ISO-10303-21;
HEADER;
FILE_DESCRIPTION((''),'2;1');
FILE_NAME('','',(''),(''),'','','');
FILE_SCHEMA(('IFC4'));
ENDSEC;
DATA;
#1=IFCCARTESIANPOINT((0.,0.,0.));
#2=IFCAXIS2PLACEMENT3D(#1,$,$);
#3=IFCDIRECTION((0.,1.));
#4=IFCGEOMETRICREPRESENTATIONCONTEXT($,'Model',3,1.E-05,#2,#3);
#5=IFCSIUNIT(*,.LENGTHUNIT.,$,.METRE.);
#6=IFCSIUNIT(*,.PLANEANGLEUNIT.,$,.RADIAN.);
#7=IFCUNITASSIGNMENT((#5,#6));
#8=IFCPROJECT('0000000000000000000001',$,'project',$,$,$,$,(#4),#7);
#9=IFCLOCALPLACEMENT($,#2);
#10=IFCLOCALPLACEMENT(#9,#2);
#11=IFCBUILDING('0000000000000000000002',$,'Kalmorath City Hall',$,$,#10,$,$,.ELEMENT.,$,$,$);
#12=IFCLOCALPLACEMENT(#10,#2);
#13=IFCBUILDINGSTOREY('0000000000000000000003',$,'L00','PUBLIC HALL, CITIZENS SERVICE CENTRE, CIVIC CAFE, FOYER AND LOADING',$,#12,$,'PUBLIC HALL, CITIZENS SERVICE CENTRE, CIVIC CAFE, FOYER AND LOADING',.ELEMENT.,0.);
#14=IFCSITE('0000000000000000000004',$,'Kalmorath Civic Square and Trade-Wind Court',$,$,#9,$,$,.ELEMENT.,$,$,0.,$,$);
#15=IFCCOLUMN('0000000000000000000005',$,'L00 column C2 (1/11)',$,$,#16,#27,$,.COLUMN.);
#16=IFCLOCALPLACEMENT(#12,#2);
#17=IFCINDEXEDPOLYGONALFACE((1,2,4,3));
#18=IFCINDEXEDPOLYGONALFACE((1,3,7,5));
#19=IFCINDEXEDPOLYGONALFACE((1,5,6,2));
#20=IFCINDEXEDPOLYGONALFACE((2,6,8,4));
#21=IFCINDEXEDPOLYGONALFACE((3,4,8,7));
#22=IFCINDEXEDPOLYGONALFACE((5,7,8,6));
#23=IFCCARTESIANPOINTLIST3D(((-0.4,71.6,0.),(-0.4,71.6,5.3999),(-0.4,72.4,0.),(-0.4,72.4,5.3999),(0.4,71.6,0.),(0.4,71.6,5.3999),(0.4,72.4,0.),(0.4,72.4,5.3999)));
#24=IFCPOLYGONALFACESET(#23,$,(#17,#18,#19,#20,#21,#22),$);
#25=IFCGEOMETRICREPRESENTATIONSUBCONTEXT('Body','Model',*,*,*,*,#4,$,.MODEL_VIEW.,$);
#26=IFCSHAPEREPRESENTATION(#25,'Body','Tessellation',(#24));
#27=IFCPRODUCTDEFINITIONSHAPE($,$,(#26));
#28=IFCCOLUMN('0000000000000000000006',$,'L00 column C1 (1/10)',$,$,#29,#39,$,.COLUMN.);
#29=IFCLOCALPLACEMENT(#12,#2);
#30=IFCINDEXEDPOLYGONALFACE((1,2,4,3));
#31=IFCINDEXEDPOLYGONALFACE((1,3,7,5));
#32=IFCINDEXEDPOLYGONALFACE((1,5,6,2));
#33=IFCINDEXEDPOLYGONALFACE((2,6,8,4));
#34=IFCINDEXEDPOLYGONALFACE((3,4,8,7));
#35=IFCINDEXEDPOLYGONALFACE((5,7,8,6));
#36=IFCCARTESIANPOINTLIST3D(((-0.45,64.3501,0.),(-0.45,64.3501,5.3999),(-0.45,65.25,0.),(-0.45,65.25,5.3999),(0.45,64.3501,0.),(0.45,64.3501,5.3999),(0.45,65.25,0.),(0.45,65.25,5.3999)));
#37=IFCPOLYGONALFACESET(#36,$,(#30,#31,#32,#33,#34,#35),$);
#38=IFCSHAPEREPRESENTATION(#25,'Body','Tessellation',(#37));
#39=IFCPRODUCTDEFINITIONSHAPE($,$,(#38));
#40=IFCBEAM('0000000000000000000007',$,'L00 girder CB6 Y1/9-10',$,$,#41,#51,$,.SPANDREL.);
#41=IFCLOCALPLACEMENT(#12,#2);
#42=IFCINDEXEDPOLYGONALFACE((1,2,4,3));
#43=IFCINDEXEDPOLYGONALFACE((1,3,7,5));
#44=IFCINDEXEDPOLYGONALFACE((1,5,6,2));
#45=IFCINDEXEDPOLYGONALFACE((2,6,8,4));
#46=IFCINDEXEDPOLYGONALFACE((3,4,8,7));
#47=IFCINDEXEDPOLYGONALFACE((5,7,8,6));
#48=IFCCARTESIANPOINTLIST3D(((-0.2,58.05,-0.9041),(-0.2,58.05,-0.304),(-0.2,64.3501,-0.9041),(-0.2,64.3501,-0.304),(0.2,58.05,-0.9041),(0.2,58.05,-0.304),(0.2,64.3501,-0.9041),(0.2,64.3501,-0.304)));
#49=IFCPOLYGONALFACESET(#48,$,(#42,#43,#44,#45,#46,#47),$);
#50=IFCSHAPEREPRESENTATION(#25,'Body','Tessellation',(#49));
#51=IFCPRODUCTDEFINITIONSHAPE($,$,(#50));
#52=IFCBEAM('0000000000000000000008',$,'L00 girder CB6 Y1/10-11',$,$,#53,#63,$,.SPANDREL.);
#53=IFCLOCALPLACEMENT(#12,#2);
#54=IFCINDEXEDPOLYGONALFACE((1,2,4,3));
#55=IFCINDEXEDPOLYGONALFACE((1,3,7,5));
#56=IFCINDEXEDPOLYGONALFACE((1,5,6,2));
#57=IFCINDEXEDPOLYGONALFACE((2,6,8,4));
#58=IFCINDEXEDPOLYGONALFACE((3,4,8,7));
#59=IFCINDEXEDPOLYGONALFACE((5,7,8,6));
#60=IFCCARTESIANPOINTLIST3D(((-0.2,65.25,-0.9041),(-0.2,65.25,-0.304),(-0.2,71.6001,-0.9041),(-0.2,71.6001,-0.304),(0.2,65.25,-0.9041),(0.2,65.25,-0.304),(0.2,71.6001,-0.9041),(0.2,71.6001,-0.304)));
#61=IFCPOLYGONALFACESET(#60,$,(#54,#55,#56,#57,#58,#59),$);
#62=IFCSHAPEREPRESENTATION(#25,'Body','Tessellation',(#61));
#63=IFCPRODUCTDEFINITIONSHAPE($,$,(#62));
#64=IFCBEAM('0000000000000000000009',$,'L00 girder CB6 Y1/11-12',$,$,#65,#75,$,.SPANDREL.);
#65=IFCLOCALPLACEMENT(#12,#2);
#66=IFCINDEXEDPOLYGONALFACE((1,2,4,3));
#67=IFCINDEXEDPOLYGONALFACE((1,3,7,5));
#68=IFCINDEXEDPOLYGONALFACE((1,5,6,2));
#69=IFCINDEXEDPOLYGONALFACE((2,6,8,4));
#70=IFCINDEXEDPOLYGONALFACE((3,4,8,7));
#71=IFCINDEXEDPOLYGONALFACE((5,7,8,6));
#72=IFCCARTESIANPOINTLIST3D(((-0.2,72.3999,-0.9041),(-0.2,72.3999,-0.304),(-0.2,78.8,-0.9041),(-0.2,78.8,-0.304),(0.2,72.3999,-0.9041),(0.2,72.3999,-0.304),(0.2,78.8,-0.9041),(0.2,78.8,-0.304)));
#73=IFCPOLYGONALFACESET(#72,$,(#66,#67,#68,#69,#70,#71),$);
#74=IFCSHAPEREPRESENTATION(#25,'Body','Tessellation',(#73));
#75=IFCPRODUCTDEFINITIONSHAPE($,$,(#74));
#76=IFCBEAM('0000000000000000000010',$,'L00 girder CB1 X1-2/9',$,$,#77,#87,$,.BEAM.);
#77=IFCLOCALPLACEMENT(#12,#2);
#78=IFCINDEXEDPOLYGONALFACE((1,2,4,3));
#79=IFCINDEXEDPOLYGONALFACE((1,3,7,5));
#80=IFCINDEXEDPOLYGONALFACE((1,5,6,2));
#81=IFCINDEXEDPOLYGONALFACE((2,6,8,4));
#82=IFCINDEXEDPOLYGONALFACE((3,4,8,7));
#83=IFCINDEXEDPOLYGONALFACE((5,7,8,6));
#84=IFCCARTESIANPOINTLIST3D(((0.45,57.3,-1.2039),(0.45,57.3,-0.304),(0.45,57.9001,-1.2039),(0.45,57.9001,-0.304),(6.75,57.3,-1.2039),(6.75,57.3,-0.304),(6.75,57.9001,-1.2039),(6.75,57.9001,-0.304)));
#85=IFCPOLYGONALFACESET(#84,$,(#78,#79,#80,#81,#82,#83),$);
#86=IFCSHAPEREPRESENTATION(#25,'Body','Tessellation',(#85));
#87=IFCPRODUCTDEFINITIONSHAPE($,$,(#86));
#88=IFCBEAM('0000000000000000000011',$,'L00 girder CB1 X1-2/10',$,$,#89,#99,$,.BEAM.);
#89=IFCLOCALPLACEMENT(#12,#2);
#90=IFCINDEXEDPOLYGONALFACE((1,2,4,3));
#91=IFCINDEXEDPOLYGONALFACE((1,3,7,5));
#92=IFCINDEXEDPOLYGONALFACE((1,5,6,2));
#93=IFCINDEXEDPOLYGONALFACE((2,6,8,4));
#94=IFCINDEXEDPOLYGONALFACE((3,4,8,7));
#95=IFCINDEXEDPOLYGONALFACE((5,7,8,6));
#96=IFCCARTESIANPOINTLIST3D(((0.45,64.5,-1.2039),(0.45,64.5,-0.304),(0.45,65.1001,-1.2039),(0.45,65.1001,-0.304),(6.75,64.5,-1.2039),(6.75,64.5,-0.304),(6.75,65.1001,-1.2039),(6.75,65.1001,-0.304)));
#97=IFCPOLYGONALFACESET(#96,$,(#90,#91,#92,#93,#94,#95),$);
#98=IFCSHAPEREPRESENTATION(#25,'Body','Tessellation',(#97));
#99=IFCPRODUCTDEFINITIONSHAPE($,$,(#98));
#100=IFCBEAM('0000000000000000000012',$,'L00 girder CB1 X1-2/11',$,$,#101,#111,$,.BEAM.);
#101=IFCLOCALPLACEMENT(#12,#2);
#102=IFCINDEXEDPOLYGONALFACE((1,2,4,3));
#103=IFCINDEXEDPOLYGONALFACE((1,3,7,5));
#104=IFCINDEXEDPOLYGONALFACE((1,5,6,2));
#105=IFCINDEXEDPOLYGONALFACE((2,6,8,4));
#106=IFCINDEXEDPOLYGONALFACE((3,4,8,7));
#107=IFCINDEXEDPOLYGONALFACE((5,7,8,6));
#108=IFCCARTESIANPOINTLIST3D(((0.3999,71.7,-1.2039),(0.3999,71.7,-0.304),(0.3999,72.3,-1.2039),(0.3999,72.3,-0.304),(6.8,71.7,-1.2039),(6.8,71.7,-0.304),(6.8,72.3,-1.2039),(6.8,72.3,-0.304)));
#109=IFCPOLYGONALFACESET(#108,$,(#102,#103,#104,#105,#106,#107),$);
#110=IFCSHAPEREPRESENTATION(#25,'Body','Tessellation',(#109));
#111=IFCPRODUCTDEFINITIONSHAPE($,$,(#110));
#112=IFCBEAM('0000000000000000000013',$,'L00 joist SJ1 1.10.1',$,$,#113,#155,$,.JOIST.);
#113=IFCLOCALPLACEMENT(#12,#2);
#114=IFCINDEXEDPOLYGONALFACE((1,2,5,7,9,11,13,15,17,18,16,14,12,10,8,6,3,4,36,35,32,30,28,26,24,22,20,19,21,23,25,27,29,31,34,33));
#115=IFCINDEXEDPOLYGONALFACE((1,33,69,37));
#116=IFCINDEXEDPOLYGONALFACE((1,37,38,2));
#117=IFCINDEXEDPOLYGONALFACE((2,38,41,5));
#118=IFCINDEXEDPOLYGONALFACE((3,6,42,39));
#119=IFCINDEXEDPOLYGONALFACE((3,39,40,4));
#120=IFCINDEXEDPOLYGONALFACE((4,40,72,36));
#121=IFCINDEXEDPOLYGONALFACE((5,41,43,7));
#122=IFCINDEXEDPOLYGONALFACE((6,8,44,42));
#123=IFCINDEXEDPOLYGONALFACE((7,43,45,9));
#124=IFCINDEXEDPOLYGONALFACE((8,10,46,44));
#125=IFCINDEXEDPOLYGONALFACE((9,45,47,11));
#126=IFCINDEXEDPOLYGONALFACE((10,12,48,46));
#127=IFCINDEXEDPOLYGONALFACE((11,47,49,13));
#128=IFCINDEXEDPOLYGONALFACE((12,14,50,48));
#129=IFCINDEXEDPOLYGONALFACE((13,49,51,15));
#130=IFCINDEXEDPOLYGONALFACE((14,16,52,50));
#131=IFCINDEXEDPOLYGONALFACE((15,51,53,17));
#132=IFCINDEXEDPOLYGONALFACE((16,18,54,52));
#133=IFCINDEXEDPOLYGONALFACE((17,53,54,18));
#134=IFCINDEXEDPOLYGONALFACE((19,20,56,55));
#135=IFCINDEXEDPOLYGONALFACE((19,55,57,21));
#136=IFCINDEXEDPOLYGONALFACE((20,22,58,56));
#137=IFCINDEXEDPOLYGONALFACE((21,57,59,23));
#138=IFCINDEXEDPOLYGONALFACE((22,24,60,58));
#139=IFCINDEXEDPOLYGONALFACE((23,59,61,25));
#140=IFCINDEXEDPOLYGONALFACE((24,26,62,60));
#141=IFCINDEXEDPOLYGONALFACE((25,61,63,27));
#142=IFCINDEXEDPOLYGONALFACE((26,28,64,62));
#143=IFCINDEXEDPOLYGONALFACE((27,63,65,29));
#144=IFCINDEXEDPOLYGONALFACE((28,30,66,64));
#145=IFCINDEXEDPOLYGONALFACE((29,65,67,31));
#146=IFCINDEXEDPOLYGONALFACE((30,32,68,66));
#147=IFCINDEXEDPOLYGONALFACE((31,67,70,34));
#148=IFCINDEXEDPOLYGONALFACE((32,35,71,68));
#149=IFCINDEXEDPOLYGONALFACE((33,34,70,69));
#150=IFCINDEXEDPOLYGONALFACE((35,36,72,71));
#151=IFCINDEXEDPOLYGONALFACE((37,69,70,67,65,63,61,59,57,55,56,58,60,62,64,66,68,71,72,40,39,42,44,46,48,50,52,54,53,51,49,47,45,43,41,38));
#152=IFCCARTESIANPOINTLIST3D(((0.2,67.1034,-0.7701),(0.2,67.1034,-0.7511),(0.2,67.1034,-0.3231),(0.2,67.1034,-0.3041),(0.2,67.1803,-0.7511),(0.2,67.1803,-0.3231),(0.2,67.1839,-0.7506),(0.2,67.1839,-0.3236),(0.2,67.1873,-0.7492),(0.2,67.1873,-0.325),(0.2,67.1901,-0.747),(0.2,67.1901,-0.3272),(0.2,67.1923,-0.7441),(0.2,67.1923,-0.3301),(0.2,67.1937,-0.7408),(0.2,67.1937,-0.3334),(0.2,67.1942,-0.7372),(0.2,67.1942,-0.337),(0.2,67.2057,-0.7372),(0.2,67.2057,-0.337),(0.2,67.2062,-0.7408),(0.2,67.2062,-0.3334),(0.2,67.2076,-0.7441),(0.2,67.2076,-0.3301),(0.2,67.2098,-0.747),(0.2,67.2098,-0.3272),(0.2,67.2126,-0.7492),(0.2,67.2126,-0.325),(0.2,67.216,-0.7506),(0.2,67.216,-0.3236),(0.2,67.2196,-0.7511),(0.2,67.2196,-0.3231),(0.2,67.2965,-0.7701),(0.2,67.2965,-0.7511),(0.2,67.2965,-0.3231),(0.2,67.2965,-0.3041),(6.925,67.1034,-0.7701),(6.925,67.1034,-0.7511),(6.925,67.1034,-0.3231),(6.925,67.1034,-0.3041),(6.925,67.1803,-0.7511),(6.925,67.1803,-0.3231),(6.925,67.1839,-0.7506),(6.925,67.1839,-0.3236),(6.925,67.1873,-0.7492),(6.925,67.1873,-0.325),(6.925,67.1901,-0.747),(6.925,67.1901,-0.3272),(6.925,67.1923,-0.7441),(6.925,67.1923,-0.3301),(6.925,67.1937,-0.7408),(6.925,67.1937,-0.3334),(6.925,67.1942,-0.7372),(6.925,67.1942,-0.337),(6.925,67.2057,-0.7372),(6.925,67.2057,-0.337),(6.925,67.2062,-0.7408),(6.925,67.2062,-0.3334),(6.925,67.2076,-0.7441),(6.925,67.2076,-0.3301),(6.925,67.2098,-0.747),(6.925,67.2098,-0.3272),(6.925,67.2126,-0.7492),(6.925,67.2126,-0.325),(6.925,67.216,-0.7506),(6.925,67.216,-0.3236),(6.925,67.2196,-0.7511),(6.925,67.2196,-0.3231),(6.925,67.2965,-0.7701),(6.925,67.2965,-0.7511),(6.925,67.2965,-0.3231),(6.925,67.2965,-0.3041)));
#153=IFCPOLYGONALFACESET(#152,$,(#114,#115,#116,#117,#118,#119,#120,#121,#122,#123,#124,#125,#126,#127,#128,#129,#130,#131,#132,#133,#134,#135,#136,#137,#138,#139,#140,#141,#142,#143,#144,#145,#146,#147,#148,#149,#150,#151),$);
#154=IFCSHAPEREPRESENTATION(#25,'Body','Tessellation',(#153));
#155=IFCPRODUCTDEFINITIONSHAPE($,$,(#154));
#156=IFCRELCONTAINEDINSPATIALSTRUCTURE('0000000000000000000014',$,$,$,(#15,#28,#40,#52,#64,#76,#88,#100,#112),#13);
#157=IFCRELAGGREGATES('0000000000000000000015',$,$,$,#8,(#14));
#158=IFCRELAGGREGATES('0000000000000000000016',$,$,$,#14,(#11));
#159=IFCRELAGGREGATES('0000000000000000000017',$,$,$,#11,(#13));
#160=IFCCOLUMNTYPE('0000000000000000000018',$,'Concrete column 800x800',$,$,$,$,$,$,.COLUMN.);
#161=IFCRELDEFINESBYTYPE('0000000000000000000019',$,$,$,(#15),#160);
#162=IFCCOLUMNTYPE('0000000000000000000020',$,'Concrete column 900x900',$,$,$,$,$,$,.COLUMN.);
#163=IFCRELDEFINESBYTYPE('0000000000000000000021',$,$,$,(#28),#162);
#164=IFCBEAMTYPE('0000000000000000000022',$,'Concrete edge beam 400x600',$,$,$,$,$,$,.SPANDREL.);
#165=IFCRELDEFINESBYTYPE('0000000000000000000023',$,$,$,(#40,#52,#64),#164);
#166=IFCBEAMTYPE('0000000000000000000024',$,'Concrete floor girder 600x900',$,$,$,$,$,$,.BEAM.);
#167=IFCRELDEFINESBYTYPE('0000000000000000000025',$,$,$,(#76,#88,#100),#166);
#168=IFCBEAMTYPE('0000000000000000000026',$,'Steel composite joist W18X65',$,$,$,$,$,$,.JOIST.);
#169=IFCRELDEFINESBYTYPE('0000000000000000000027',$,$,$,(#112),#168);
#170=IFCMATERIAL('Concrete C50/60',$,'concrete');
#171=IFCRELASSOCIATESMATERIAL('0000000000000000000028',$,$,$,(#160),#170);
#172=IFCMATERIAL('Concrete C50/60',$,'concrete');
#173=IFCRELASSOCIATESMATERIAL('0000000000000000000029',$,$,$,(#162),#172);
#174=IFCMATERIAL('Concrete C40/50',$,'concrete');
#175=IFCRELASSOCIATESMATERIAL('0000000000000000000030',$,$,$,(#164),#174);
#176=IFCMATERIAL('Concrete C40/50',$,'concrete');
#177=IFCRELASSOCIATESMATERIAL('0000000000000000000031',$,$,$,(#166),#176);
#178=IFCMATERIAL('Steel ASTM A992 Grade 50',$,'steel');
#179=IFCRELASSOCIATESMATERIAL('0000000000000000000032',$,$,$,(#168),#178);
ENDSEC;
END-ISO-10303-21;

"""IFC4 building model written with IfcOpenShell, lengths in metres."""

from ifc_helpers import new_model, si_unit, direction, frame, origin, origin_2d, place, context, subcontext, project, spatial, rectangle, i_section, extrude, material, material_profile, profile_set, type_object, element, save


model = new_model("IFC4")

# Units and contexts
model_context = context("Model", 3, precision=1e-05, world=origin(), true_north=direction((0.0, 1.0)))
body_context = subcontext(model_context, "Body", "Model", "MODEL_VIEW")
ifc_project = project(units=[si_unit("LENGTHUNIT", "METRE"), si_unit("PLANEANGLEUNIT", "RADIAN")], contexts=[model_context])

# Site, building, storey
site_placement = place(None, origin())
site = spatial("IfcSite", under=ifc_project, at=site_placement, Name="Kalmorath Civic Square and Trade-Wind Court", CompositionType="ELEMENT", RefElevation=0.0)
building_placement = place(site_placement, origin())
building = spatial("IfcBuilding", under=site, at=building_placement, Name="Kalmorath City Hall", CompositionType="ELEMENT")
storey_placement = place(building_placement, origin())
storey = spatial("IfcBuildingStorey", under=building, at=storey_placement, Name="L00", Description="PUBLIC HALL, CITIZENS SERVICE CENTRE, CIVIC CAFE, FOYER AND LOADING", LongName="PUBLIC HALL, CITIZENS SERVICE CENTRE, CIVIC CAFE, FOYER AND LOADING", CompositionType="ELEMENT", Elevation=0.0)

# Columns
ifc_material_1 = material(Name="Concrete C50/60", Category="concrete")
ifc_material_profile_1 = material_profile(ifc_material_1, rectangle(XDim=0.8, YDim=0.8, at=origin_2d()), Name="RC-COL-800X800")
ifc_profile_set_1 = profile_set([ifc_material_profile_1], Name="Concrete C50/60")
column_type_1 = type_object("IfcColumnType", Name="Concrete column 800x800", PredefinedType="COLUMN", material=ifc_profile_set_1)
column_1_placement = place(storey_placement, frame((0.0, 72.0, 0.0), z_axis=(0.0, 0.0, 1.0), x_axis=(1.0, 0.0, 0.0)))
element("IfcColumn", 1, at=column_1_placement, inside=storey, type_object=column_type_1, Name="L00 column C2 (1/11)", PredefinedType="COLUMN", context=body_context, shape_type="SweptSolid", body=[
    extrude(rectangle(XDim=0.8, YDim=0.8, at=origin_2d()), origin(), (0.0, 0.0, 1.0), 5.3999),
])
ifc_material_2 = material(Name="Concrete C50/60", Category="concrete")
ifc_material_profile_2 = material_profile(ifc_material_2, rectangle(XDim=0.8999, YDim=0.8999, at=origin_2d()), Name="RC-COL-900X900")
ifc_profile_set_2 = profile_set([ifc_material_profile_2], Name="Concrete C50/60")
column_type_2 = type_object("IfcColumnType", Name="Concrete column 900x900", PredefinedType="COLUMN", material=ifc_profile_set_2)
column_2_placement = place(storey_placement, frame((0.0, 64.8, 0.0), z_axis=(0.0, 0.0, 1.0), x_axis=(1.0, 0.0, 0.0)))
element("IfcColumn", 2, at=column_2_placement, inside=storey, type_object=column_type_2, Name="L00 column C1 (1/10)", PredefinedType="COLUMN", context=body_context, shape_type="SweptSolid", body=[
    extrude(rectangle(XDim=0.8999, YDim=0.8999, at=origin_2d()), origin(), (0.0, 0.0, 1.0), 5.3999),
])

# Beams
ifc_material_3 = material(Name="Concrete C40/50", Category="concrete")
ifc_material_profile_3 = material_profile(ifc_material_3, rectangle(XDim=0.3999, YDim=0.6001, at=origin_2d()), Name="RC-BM-400X600")
ifc_profile_set_3 = profile_set([ifc_material_profile_3], Name="Concrete C40/50")
beam_type_1 = type_object("IfcBeamType", Name="Concrete edge beam 400x600", PredefinedType="SPANDREL", material=ifc_profile_set_3)
beam_1_placement = place(storey_placement, frame((0.0, 58.05, -0.604), z_axis=(0.0, 1.0, 0.0), x_axis=(-1.0, 0.0, 0.0)))
element("IfcBeam", 3, at=beam_1_placement, inside=storey, type_object=beam_type_1, Name="L00 girder CB6 Y1/9-10", PredefinedType="SPANDREL", context=body_context, shape_type="SweptSolid", body=[
    extrude(rectangle(XDim=0.3999, YDim=0.6001, at=origin_2d()), origin(), (0.0, 0.0, 1.0), 6.3),
])
beam_2_placement = place(storey_placement, frame((0.0, 65.25, -0.604), z_axis=(0.0, 1.0, 0.0), x_axis=(-1.0, 0.0, 0.0)))
element("IfcBeam", 4, at=beam_2_placement, inside=storey, type_object=beam_type_1, Name="L00 girder CB6 Y1/10-11", PredefinedType="SPANDREL", context=body_context, shape_type="SweptSolid", body=[
    extrude(rectangle(XDim=0.3999, YDim=0.6001, at=origin_2d()), origin(), (0.0, 0.0, 1.0), 6.3501),
])
beam_3_placement = place(storey_placement, frame((0.0, 72.3999, -0.604), z_axis=(0.0, 1.0, 0.0), x_axis=(-1.0, 0.0, 0.0)))
element("IfcBeam", 5, at=beam_3_placement, inside=storey, type_object=beam_type_1, Name="L00 girder CB6 Y1/11-12", PredefinedType="SPANDREL", context=body_context, shape_type="SweptSolid", body=[
    extrude(rectangle(XDim=0.3999, YDim=0.6001, at=origin_2d()), origin(), (0.0, 0.0, 1.0), 6.4001),
])
ifc_material_4 = material(Name="Concrete C40/50", Category="concrete")
ifc_material_profile_4 = material_profile(ifc_material_4, rectangle(XDim=0.6001, YDim=0.8999, at=origin_2d()), Name="RC-BM-600X900")
ifc_profile_set_4 = profile_set([ifc_material_profile_4], Name="Concrete C40/50")
beam_type_2 = type_object("IfcBeamType", Name="Concrete floor girder 600x900", PredefinedType="BEAM", material=ifc_profile_set_4)
for number, where, z_axis, x_axis, name in (
    (6, (0.45, 57.6001, -0.7539), (1.0, 0.0, 0.0), (0.0, 1.0, 0.0), "L00 girder CB1 X1-2/9"),
    (7, (0.45, 64.8, -0.7539), (1.0, 0.0, 0.0), (0.0, 1.0, 0.0), "L00 girder CB1 X1-2/10"),
):
    element("IfcBeam", number, at=place(storey_placement, frame(where, z_axis=z_axis, x_axis=x_axis)), inside=storey, type_object=beam_type_2, Name=name, PredefinedType="BEAM", context=body_context, shape_type="SweptSolid", body=[
        extrude(rectangle(XDim=0.6001, YDim=0.8999, at=origin_2d()), origin(), (0.0, 0.0, 1.0), 6.3),
    ])
beam_4_placement = place(storey_placement, frame((0.3999, 72.0, -0.7539), z_axis=(1.0, 0.0, 0.0), x_axis=(0.0, 1.0, 0.0)))
element("IfcBeam", 8, at=beam_4_placement, inside=storey, type_object=beam_type_2, Name="L00 girder CB1 X1-2/11", PredefinedType="BEAM", context=body_context, shape_type="SweptSolid", body=[
    extrude(rectangle(XDim=0.6001, YDim=0.8999, at=origin_2d()), origin(), (0.0, 0.0, 1.0), 6.4001),
])
ifc_material_5 = material(Name="Steel ASTM A992 Grade 50", Category="steel")
ifc_material_profile_5 = material_profile(ifc_material_5, i_section(OverallWidth=0.1931, OverallDepth=0.4661, WebThickness=0.0115, FlangeThickness=0.019, FilletRadius=0.0139, at=origin_2d()), Name="W18X65")
ifc_profile_set_5 = profile_set([ifc_material_profile_5], Name="Steel ASTM A992 Grade 50")
beam_type_3 = type_object("IfcBeamType", Name="Steel composite joist W18X65", PredefinedType="JOIST", material=ifc_profile_set_5)
for number, where, z_axis, x_axis, name in (
    (9, (0.2, 67.2, -0.5371), (1.0, 0.0, 0.0), (0.0, 1.0, 0.0), "L00 joist SJ1 1.10.1"),
):
    element("IfcBeam", number, at=place(storey_placement, frame(where, z_axis=z_axis, x_axis=x_axis)), inside=storey, type_object=beam_type_3, Name=name, PredefinedType="JOIST", context=body_context, shape_type="SweptSolid", body=[
        extrude(i_section(OverallWidth=0.1931, OverallDepth=0.4661, WebThickness=0.0115, FlangeThickness=0.019, FilletRadius=0.0139, at=origin_2d()), origin(), (0.0, 0.0, 1.0), 6.7251),
    ])

save(model, "model.ifc")
